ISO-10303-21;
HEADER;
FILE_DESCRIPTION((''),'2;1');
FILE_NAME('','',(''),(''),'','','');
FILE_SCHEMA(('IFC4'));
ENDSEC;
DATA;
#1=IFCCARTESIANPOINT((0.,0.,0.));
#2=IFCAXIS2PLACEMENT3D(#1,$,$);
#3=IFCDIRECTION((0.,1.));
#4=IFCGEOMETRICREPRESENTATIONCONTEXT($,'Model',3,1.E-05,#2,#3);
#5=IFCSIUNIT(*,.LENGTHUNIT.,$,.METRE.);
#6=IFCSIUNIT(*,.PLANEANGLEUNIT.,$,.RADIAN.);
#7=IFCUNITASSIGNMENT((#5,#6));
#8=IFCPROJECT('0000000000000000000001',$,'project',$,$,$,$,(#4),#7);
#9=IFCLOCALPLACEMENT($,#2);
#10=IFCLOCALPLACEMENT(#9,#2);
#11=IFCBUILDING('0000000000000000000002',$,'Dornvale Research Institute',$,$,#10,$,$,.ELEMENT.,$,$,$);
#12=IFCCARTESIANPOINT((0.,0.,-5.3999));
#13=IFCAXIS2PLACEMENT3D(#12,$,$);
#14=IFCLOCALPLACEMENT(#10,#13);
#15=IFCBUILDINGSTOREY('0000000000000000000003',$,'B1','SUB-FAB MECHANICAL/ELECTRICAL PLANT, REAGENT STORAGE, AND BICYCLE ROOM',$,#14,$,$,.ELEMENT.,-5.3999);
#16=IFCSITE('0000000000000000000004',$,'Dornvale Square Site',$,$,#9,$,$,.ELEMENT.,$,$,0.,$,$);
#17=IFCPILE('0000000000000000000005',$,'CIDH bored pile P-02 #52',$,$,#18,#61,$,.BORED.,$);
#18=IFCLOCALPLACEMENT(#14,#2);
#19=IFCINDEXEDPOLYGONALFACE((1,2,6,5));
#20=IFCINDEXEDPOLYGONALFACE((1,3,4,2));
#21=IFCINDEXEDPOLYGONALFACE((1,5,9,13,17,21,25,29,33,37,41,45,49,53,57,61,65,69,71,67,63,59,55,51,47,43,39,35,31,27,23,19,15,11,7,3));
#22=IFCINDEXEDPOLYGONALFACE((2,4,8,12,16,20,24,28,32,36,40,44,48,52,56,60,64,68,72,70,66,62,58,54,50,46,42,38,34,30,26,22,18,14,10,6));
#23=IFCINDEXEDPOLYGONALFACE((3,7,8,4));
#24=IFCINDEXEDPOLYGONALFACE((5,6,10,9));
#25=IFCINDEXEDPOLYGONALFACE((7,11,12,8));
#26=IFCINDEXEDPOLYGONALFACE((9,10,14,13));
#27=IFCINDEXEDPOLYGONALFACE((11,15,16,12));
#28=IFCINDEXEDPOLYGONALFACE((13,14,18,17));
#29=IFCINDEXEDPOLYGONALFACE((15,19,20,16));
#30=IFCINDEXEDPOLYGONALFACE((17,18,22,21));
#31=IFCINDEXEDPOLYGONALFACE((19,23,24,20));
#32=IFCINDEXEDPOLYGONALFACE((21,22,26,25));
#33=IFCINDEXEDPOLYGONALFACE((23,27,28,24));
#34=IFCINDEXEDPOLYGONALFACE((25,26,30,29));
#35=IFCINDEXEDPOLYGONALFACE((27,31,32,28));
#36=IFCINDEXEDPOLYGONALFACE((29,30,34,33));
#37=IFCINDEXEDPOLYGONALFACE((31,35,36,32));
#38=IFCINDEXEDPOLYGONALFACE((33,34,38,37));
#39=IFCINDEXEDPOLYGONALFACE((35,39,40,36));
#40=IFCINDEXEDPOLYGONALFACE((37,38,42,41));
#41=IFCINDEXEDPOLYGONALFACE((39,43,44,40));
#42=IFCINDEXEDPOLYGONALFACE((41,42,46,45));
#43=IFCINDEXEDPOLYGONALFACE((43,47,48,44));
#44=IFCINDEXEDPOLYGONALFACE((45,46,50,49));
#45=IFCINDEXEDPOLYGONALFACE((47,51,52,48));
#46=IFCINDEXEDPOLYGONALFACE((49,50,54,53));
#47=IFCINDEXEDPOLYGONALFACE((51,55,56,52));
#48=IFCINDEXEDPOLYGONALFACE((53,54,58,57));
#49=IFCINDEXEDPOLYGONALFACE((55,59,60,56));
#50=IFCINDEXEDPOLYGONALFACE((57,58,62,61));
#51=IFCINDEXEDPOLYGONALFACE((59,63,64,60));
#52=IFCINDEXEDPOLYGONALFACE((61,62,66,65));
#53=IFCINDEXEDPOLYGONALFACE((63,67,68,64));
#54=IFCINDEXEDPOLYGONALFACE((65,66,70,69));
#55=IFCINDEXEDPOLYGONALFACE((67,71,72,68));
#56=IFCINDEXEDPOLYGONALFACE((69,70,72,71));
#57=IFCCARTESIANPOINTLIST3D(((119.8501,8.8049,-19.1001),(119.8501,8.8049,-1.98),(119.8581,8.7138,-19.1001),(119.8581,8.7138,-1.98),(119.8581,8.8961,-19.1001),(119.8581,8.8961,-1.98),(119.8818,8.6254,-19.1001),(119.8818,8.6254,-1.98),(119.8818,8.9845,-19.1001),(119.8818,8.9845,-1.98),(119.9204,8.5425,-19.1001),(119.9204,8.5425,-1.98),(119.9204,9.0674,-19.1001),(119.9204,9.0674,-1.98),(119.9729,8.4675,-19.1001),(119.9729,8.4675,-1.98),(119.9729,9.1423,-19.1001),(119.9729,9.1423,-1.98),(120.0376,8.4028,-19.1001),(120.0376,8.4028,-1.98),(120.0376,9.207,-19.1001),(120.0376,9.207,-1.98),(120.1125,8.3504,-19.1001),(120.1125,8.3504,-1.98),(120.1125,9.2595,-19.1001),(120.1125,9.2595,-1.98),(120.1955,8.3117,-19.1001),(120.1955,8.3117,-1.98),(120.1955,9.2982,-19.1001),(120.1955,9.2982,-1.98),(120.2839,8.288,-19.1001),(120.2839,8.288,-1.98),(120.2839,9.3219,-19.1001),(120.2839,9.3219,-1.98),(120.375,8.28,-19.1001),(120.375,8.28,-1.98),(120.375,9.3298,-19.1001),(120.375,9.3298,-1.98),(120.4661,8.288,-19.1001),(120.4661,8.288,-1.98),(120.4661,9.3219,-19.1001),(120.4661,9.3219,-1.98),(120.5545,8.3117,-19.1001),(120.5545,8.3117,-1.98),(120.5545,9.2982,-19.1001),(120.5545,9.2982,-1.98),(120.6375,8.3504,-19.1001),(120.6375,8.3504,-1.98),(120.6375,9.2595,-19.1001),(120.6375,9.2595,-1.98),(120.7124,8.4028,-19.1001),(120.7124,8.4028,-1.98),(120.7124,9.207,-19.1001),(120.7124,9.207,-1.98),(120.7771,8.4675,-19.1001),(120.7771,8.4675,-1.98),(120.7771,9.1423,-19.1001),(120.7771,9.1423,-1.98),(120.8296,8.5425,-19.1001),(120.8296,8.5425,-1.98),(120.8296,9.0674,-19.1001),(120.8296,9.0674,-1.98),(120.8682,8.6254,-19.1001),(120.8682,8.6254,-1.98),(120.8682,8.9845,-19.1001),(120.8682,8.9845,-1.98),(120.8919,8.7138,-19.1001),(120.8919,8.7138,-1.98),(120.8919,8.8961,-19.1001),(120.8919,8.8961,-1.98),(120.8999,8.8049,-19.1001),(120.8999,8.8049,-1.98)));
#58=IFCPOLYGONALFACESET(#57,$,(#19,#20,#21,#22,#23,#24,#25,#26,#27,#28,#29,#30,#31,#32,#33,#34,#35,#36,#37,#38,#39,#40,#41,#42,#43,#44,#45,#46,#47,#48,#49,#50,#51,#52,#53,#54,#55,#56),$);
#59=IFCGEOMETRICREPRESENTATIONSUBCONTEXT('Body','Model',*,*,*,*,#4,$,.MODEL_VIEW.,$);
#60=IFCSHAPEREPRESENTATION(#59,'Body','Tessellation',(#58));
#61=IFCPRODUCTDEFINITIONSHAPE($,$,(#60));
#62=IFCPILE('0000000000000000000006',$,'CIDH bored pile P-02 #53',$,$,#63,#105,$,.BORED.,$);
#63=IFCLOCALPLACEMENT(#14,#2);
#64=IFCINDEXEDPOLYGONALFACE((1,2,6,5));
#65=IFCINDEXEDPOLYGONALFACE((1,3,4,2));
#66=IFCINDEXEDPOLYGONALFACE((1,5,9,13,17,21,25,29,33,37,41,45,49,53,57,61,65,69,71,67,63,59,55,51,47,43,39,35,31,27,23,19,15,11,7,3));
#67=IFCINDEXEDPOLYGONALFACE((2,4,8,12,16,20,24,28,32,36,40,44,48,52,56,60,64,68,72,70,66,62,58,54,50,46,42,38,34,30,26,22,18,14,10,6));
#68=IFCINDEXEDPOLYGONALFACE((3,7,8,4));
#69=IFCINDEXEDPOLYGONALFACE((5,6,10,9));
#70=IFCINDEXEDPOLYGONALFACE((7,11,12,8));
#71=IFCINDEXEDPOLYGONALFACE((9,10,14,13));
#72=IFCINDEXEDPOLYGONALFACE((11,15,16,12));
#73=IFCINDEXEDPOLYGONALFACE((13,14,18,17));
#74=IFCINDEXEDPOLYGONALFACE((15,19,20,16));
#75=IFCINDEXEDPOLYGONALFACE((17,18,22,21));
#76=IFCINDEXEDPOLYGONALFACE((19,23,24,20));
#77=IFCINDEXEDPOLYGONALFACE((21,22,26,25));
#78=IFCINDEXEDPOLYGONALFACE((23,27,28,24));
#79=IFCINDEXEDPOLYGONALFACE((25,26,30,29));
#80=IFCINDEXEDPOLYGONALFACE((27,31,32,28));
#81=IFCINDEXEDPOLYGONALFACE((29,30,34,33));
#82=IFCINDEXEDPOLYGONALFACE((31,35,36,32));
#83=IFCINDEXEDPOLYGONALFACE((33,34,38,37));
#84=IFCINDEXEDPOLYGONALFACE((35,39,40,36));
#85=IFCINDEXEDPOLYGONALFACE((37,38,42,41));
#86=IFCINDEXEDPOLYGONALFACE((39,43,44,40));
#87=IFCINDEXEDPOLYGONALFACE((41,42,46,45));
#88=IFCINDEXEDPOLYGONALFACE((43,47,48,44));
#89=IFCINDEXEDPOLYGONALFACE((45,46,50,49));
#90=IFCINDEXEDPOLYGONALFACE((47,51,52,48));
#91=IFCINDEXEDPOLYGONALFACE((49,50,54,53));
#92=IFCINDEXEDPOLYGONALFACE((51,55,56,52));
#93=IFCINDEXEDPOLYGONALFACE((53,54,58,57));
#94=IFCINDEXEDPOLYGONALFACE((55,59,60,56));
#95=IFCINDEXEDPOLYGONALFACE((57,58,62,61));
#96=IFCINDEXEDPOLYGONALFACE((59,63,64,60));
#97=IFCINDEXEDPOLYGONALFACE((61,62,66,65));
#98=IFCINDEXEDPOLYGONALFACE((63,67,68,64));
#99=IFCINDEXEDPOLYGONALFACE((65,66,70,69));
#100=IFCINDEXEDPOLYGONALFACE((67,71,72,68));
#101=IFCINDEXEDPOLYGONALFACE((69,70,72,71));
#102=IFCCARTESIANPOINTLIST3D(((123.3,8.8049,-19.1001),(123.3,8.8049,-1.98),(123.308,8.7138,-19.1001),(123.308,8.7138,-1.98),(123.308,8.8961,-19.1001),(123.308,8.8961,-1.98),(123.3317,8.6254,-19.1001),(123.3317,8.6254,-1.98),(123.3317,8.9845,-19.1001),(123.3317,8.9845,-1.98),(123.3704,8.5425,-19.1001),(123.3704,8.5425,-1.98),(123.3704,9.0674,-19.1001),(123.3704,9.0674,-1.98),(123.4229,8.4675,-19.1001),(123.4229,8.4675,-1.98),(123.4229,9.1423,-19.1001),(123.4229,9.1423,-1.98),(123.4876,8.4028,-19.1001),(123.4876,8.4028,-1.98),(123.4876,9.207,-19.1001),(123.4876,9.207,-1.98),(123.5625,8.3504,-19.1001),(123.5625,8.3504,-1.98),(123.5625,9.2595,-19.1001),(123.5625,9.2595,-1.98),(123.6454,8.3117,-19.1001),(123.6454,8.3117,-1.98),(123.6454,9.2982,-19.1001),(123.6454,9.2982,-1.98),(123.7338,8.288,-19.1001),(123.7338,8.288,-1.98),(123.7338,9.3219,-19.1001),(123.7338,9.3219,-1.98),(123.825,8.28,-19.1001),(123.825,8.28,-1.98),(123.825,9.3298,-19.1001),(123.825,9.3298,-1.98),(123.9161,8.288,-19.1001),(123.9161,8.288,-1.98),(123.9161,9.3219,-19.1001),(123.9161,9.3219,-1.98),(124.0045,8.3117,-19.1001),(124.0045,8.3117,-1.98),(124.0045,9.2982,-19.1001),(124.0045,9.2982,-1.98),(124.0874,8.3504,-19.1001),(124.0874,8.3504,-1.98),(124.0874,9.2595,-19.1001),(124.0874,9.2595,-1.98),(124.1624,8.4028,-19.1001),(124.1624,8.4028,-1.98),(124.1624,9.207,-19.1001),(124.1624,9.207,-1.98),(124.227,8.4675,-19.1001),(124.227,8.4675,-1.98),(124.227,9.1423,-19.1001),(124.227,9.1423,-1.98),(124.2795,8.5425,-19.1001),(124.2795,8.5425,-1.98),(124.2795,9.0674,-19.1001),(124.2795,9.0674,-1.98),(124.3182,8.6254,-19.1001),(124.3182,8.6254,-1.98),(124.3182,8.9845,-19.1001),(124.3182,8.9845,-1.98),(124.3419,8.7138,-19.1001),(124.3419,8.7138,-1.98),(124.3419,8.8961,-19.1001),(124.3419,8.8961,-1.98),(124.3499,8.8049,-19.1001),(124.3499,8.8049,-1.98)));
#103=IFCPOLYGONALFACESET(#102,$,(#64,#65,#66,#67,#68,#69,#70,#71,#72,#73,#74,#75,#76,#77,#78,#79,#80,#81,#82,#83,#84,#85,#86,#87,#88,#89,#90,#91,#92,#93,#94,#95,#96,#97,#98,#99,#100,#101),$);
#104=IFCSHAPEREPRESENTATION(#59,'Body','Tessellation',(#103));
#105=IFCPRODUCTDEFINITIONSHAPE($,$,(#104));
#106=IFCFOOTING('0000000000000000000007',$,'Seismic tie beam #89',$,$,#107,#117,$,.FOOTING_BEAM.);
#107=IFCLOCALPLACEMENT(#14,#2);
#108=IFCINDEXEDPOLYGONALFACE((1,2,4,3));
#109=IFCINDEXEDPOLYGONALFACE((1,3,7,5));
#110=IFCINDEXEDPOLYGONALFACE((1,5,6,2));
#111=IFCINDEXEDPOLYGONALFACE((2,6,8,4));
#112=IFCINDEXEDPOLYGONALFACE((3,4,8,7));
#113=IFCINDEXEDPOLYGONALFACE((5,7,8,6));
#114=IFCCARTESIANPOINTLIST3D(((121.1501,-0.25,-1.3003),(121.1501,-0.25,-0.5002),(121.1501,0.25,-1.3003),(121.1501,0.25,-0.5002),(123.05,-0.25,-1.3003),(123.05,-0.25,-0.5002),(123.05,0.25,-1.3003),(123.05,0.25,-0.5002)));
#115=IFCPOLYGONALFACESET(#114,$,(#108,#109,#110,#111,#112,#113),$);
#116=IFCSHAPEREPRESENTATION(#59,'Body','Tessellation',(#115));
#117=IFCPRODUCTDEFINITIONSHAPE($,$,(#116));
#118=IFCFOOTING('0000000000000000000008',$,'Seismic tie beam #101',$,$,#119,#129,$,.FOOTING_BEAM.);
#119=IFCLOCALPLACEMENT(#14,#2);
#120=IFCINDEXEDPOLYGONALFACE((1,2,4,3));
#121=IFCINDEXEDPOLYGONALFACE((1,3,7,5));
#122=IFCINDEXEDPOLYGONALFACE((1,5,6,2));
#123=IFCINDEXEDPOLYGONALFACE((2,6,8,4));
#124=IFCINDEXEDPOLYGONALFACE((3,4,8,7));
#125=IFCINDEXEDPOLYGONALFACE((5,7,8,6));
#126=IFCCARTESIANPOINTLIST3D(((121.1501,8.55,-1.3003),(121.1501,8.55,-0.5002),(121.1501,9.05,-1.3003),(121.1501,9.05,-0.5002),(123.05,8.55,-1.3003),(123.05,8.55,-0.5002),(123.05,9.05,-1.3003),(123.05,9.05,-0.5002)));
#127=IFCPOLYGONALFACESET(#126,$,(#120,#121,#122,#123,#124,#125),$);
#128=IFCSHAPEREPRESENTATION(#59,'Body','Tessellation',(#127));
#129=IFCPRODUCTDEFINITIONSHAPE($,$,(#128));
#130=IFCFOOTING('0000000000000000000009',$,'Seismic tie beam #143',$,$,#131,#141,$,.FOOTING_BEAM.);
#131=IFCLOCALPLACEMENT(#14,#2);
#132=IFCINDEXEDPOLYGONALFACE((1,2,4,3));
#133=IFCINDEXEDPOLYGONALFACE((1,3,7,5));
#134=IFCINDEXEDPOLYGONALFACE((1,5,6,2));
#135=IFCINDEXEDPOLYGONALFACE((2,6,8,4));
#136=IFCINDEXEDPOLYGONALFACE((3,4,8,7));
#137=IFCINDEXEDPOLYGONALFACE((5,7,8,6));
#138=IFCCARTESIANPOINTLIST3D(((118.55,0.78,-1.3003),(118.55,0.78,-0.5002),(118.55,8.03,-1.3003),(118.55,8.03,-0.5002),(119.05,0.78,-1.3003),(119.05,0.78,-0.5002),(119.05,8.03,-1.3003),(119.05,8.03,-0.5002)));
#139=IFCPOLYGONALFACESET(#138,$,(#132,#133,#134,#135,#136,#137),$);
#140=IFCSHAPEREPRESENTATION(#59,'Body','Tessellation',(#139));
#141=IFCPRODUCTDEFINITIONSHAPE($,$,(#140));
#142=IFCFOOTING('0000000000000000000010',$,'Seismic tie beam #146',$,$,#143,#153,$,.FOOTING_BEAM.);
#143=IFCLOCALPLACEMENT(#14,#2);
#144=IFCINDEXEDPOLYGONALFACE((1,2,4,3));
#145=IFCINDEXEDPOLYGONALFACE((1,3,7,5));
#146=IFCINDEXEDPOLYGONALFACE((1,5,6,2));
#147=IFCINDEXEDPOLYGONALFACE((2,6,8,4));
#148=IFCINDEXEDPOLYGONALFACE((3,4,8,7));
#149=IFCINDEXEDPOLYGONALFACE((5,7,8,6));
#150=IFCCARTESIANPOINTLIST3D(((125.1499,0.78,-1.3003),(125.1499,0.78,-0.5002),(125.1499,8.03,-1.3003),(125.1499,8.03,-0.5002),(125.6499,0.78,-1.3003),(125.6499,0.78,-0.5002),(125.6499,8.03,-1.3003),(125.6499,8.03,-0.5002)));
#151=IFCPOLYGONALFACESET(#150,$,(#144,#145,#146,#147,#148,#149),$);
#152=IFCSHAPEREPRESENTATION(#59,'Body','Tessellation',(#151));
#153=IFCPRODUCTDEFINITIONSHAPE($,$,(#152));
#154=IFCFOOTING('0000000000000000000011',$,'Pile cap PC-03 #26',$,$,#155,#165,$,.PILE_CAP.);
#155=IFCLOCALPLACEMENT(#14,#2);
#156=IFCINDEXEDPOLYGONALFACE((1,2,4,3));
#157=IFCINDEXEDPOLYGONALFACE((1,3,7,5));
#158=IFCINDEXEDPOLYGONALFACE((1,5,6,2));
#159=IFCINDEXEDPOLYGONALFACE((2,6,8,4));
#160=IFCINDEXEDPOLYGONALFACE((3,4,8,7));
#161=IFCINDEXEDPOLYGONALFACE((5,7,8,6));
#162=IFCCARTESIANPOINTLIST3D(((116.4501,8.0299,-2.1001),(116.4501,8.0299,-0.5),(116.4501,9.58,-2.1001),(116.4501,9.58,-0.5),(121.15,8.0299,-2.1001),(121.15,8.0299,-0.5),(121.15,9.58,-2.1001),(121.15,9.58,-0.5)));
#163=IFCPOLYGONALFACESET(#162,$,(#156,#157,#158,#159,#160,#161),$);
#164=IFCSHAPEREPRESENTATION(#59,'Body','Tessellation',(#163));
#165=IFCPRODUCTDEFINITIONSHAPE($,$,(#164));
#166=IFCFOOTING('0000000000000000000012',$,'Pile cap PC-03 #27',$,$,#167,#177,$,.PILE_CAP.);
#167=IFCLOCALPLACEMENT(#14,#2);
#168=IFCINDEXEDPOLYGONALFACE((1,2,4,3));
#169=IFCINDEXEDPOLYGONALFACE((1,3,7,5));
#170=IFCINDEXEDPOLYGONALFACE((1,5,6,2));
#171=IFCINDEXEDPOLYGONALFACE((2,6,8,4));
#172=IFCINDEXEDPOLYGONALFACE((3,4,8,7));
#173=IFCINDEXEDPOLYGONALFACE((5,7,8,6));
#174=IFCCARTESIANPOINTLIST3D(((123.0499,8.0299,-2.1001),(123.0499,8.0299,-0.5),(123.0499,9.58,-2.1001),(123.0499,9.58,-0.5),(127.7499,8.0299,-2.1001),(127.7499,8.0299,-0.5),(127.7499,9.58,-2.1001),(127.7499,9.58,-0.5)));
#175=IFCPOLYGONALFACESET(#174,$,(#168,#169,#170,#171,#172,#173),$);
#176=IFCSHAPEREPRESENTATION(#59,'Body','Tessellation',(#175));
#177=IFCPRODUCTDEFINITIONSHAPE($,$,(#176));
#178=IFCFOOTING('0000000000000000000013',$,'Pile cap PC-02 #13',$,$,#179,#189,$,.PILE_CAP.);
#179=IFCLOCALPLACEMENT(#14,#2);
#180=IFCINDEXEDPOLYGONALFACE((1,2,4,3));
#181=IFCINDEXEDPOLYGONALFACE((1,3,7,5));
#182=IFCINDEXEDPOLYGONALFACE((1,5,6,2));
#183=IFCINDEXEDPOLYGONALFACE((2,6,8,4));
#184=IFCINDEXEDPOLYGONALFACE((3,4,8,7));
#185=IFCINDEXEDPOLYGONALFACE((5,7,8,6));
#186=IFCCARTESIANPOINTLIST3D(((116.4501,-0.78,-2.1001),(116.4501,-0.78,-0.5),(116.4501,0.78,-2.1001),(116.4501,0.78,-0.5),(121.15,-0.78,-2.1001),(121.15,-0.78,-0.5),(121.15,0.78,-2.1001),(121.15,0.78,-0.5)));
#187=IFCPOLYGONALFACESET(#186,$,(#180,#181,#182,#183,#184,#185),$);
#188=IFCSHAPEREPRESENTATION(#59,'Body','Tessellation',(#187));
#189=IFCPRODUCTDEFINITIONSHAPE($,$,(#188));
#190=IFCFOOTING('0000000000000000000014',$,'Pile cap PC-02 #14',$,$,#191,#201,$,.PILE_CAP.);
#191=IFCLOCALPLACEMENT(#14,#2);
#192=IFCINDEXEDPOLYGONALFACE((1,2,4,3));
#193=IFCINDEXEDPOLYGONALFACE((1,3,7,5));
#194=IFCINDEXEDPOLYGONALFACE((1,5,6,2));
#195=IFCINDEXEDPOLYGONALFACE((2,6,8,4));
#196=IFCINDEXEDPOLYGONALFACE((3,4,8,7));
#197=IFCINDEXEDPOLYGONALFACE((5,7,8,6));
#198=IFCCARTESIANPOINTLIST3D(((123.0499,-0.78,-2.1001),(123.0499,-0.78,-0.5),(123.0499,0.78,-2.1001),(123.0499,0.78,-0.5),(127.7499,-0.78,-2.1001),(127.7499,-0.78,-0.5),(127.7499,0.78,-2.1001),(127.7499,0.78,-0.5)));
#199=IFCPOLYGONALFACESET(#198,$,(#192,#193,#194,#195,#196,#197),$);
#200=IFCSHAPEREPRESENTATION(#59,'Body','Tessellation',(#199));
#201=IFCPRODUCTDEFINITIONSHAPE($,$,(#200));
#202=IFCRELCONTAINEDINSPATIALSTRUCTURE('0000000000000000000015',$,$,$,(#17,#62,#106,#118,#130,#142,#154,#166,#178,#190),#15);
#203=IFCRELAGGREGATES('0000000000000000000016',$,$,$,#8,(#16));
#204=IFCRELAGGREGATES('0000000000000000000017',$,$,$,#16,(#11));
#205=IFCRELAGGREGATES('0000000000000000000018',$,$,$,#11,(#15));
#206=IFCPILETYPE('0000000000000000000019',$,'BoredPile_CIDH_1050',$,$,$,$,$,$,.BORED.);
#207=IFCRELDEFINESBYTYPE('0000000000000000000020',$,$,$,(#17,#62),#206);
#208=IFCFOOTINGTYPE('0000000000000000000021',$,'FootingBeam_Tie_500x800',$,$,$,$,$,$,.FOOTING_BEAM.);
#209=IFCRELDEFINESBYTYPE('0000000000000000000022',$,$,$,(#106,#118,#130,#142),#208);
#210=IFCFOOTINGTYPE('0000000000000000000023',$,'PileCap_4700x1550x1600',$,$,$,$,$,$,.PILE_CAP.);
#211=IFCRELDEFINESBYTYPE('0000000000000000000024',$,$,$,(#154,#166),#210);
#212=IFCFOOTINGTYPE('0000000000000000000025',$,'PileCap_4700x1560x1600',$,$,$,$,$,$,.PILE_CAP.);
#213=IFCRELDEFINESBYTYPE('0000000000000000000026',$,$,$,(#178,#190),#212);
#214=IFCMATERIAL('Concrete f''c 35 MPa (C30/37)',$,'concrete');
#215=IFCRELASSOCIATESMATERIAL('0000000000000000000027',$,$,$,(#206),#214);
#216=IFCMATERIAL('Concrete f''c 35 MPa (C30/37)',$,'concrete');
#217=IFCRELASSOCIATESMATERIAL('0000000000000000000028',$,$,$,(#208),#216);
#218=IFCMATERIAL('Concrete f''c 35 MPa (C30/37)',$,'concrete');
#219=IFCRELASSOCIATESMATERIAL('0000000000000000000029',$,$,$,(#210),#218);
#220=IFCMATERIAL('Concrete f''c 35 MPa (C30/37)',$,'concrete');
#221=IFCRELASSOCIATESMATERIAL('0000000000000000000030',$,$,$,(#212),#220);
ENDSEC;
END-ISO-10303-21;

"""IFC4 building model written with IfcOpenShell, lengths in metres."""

from ifc_helpers import new_model, si_unit, direction, frame, origin, origin_2d, place, context, subcontext, project, spatial, rectangle, circle, extrude, material, material_profile, profile_set, type_object, element, save


model = new_model("IFC4")

# Units and contexts
model_context = context("Model", 3, precision=1e-05, world=origin(), true_north=direction((0.0, 1.0)))
body_context = subcontext(model_context, "Body", "Model", "MODEL_VIEW")
ifc_project = project(units=[si_unit("LENGTHUNIT", "METRE"), si_unit("PLANEANGLEUNIT", "RADIAN")], contexts=[model_context])

# Site, building, storey
site_placement = place(None, origin())
site = spatial("IfcSite", under=ifc_project, at=site_placement, Name="Dornvale Square Site", CompositionType="ELEMENT", RefElevation=0.0)
building_placement = place(site_placement, origin())
building = spatial("IfcBuilding", under=site, at=building_placement, Name="Dornvale Research Institute", CompositionType="ELEMENT")
storey_placement = place(building_placement, frame((0.0, 0.0, -5.3999)))
storey = spatial("IfcBuildingStorey", under=building, at=storey_placement, Name="B1", Description="SUB-FAB MECHANICAL/ELECTRICAL PLANT, REAGENT STORAGE, AND BICYCLE ROOM", CompositionType="ELEMENT", Elevation=-5.3999)

# Piles
ifc_material_1 = material(Name="Concrete f'c 35 MPa (C30/37)", Category="concrete")
ifc_material_profile_1 = material_profile(ifc_material_1, circle(Radius=0.5249, at=origin_2d()), Name="CIDH PILE D1050")
ifc_profile_set_1 = profile_set([ifc_material_profile_1], Name="Concrete f'c 35 MPa (C30/37)")
pile_type = type_object("IfcPileType", Name="BoredPile_CIDH_1050", PredefinedType="BORED", material=ifc_profile_set_1)
for number, where, z_axis, x_axis, name in (
    (1, (120.375, 8.8049, -1.98), (0.0, 0.0, -1.0), (1.0, 0.0, 0.0), "CIDH bored pile P-02 #52"),
    (2, (123.825, 8.8049, -1.98), (0.0, 0.0, -1.0), (1.0, 0.0, 0.0), "CIDH bored pile P-02 #53"),
):
    element("IfcPile", number, at=place(storey_placement, frame(where, z_axis=z_axis, x_axis=x_axis)), inside=storey, type_object=pile_type, Name=name, PredefinedType="BORED", context=body_context, shape_type="SweptSolid", body=[
        extrude(circle(Radius=0.5249, at=origin_2d()), origin(), (0.0, 0.0, 1.0), 17.1201),
    ])

# Footings
ifc_material_2 = material(Name="Concrete f'c 35 MPa (C30/37)", Category="concrete")
footing_type_1 = type_object("IfcFootingType", Name="FootingBeam_Tie_500x800", PredefinedType="FOOTING_BEAM", material=ifc_material_2)
for number, where, z_axis, x_axis, name in (
    (3, (122.1001, 0.0, -1.3003), (0.0, 0.0, 1.0), (1.0, 0.0, 0.0), "Seismic tie beam #89"),
    (4, (122.1001, 8.8, -1.3003), (0.0, 0.0, 1.0), (1.0, 0.0, 0.0), "Seismic tie beam #101"),
):
    element("IfcFooting", number, at=place(storey_placement, frame(where, z_axis=z_axis, x_axis=x_axis)), inside=storey, type_object=footing_type_1, Name=name, PredefinedType="FOOTING_BEAM", context=body_context, shape_type="SweptSolid", body=[
        extrude(rectangle(XDim=1.8999, YDim=0.5, at=origin_2d()), origin(), (0.0, 0.0, 1.0), 0.8),
    ])
for number, where, z_axis, x_axis, name in (
    (5, (118.8, 4.405, -1.3003), (0.0, 0.0, 1.0), (0.0, 1.0, 0.0), "Seismic tie beam #143"),
    (6, (125.3999, 4.405, -1.3003), (0.0, 0.0, 1.0), (0.0, 1.0, 0.0), "Seismic tie beam #146"),
):
    element("IfcFooting", number, at=place(storey_placement, frame(where, z_axis=z_axis, x_axis=x_axis)), inside=storey, type_object=footing_type_1, Name=name, PredefinedType="FOOTING_BEAM", context=body_context, shape_type="SweptSolid", body=[
        extrude(rectangle(XDim=7.25, YDim=0.5, at=origin_2d()), origin(), (0.0, 0.0, 1.0), 0.8),
    ])
ifc_material_3 = material(Name="Concrete f'c 35 MPa (C30/37)", Category="concrete")
footing_type_2 = type_object("IfcFootingType", Name="PileCap_4700x1550x1600", PredefinedType="PILE_CAP", material=ifc_material_3)
for number, where, z_axis, x_axis, name in (
    (7, (118.8, 8.8049, -2.1001), (0.0, 0.0, 1.0), (1.0, 0.0, 0.0), "Pile cap PC-03 #26"),
    (8, (125.3999, 8.8049, -2.1001), (0.0, 0.0, 1.0), (1.0, 0.0, 0.0), "Pile cap PC-03 #27"),
):
    element("IfcFooting", number, at=place(storey_placement, frame(where, z_axis=z_axis, x_axis=x_axis)), inside=storey, type_object=footing_type_2, Name=name, PredefinedType="PILE_CAP", context=body_context, shape_type="SweptSolid", body=[
        extrude(rectangle(XDim=4.7, YDim=1.55, at=origin_2d()), origin(), (0.0, 0.0, 1.0), 1.6001),
    ])
ifc_material_4 = material(Name="Concrete f'c 35 MPa (C30/37)", Category="concrete")
footing_type_3 = type_object("IfcFootingType", Name="PileCap_4700x1560x1600", PredefinedType="PILE_CAP", material=ifc_material_4)
for number, where, z_axis, x_axis, name in (
    (9, (118.8, 0.0, -2.1001), (0.0, 0.0, 1.0), (1.0, 0.0, 0.0), "Pile cap PC-02 #13"),
    (10, (125.3999, 0.0, -2.1001), (0.0, 0.0, 1.0), (1.0, 0.0, 0.0), "Pile cap PC-02 #14"),
):
    element("IfcFooting", number, at=place(storey_placement, frame(where, z_axis=z_axis, x_axis=x_axis)), inside=storey, type_object=footing_type_3, Name=name, PredefinedType="PILE_CAP", context=body_context, shape_type="SweptSolid", body=[
        extrude(rectangle(XDim=4.7, YDim=1.5601, at=origin_2d()), origin(), (0.0, 0.0, 1.0), 1.6001),
    ])

save(model, "model.ifc")
